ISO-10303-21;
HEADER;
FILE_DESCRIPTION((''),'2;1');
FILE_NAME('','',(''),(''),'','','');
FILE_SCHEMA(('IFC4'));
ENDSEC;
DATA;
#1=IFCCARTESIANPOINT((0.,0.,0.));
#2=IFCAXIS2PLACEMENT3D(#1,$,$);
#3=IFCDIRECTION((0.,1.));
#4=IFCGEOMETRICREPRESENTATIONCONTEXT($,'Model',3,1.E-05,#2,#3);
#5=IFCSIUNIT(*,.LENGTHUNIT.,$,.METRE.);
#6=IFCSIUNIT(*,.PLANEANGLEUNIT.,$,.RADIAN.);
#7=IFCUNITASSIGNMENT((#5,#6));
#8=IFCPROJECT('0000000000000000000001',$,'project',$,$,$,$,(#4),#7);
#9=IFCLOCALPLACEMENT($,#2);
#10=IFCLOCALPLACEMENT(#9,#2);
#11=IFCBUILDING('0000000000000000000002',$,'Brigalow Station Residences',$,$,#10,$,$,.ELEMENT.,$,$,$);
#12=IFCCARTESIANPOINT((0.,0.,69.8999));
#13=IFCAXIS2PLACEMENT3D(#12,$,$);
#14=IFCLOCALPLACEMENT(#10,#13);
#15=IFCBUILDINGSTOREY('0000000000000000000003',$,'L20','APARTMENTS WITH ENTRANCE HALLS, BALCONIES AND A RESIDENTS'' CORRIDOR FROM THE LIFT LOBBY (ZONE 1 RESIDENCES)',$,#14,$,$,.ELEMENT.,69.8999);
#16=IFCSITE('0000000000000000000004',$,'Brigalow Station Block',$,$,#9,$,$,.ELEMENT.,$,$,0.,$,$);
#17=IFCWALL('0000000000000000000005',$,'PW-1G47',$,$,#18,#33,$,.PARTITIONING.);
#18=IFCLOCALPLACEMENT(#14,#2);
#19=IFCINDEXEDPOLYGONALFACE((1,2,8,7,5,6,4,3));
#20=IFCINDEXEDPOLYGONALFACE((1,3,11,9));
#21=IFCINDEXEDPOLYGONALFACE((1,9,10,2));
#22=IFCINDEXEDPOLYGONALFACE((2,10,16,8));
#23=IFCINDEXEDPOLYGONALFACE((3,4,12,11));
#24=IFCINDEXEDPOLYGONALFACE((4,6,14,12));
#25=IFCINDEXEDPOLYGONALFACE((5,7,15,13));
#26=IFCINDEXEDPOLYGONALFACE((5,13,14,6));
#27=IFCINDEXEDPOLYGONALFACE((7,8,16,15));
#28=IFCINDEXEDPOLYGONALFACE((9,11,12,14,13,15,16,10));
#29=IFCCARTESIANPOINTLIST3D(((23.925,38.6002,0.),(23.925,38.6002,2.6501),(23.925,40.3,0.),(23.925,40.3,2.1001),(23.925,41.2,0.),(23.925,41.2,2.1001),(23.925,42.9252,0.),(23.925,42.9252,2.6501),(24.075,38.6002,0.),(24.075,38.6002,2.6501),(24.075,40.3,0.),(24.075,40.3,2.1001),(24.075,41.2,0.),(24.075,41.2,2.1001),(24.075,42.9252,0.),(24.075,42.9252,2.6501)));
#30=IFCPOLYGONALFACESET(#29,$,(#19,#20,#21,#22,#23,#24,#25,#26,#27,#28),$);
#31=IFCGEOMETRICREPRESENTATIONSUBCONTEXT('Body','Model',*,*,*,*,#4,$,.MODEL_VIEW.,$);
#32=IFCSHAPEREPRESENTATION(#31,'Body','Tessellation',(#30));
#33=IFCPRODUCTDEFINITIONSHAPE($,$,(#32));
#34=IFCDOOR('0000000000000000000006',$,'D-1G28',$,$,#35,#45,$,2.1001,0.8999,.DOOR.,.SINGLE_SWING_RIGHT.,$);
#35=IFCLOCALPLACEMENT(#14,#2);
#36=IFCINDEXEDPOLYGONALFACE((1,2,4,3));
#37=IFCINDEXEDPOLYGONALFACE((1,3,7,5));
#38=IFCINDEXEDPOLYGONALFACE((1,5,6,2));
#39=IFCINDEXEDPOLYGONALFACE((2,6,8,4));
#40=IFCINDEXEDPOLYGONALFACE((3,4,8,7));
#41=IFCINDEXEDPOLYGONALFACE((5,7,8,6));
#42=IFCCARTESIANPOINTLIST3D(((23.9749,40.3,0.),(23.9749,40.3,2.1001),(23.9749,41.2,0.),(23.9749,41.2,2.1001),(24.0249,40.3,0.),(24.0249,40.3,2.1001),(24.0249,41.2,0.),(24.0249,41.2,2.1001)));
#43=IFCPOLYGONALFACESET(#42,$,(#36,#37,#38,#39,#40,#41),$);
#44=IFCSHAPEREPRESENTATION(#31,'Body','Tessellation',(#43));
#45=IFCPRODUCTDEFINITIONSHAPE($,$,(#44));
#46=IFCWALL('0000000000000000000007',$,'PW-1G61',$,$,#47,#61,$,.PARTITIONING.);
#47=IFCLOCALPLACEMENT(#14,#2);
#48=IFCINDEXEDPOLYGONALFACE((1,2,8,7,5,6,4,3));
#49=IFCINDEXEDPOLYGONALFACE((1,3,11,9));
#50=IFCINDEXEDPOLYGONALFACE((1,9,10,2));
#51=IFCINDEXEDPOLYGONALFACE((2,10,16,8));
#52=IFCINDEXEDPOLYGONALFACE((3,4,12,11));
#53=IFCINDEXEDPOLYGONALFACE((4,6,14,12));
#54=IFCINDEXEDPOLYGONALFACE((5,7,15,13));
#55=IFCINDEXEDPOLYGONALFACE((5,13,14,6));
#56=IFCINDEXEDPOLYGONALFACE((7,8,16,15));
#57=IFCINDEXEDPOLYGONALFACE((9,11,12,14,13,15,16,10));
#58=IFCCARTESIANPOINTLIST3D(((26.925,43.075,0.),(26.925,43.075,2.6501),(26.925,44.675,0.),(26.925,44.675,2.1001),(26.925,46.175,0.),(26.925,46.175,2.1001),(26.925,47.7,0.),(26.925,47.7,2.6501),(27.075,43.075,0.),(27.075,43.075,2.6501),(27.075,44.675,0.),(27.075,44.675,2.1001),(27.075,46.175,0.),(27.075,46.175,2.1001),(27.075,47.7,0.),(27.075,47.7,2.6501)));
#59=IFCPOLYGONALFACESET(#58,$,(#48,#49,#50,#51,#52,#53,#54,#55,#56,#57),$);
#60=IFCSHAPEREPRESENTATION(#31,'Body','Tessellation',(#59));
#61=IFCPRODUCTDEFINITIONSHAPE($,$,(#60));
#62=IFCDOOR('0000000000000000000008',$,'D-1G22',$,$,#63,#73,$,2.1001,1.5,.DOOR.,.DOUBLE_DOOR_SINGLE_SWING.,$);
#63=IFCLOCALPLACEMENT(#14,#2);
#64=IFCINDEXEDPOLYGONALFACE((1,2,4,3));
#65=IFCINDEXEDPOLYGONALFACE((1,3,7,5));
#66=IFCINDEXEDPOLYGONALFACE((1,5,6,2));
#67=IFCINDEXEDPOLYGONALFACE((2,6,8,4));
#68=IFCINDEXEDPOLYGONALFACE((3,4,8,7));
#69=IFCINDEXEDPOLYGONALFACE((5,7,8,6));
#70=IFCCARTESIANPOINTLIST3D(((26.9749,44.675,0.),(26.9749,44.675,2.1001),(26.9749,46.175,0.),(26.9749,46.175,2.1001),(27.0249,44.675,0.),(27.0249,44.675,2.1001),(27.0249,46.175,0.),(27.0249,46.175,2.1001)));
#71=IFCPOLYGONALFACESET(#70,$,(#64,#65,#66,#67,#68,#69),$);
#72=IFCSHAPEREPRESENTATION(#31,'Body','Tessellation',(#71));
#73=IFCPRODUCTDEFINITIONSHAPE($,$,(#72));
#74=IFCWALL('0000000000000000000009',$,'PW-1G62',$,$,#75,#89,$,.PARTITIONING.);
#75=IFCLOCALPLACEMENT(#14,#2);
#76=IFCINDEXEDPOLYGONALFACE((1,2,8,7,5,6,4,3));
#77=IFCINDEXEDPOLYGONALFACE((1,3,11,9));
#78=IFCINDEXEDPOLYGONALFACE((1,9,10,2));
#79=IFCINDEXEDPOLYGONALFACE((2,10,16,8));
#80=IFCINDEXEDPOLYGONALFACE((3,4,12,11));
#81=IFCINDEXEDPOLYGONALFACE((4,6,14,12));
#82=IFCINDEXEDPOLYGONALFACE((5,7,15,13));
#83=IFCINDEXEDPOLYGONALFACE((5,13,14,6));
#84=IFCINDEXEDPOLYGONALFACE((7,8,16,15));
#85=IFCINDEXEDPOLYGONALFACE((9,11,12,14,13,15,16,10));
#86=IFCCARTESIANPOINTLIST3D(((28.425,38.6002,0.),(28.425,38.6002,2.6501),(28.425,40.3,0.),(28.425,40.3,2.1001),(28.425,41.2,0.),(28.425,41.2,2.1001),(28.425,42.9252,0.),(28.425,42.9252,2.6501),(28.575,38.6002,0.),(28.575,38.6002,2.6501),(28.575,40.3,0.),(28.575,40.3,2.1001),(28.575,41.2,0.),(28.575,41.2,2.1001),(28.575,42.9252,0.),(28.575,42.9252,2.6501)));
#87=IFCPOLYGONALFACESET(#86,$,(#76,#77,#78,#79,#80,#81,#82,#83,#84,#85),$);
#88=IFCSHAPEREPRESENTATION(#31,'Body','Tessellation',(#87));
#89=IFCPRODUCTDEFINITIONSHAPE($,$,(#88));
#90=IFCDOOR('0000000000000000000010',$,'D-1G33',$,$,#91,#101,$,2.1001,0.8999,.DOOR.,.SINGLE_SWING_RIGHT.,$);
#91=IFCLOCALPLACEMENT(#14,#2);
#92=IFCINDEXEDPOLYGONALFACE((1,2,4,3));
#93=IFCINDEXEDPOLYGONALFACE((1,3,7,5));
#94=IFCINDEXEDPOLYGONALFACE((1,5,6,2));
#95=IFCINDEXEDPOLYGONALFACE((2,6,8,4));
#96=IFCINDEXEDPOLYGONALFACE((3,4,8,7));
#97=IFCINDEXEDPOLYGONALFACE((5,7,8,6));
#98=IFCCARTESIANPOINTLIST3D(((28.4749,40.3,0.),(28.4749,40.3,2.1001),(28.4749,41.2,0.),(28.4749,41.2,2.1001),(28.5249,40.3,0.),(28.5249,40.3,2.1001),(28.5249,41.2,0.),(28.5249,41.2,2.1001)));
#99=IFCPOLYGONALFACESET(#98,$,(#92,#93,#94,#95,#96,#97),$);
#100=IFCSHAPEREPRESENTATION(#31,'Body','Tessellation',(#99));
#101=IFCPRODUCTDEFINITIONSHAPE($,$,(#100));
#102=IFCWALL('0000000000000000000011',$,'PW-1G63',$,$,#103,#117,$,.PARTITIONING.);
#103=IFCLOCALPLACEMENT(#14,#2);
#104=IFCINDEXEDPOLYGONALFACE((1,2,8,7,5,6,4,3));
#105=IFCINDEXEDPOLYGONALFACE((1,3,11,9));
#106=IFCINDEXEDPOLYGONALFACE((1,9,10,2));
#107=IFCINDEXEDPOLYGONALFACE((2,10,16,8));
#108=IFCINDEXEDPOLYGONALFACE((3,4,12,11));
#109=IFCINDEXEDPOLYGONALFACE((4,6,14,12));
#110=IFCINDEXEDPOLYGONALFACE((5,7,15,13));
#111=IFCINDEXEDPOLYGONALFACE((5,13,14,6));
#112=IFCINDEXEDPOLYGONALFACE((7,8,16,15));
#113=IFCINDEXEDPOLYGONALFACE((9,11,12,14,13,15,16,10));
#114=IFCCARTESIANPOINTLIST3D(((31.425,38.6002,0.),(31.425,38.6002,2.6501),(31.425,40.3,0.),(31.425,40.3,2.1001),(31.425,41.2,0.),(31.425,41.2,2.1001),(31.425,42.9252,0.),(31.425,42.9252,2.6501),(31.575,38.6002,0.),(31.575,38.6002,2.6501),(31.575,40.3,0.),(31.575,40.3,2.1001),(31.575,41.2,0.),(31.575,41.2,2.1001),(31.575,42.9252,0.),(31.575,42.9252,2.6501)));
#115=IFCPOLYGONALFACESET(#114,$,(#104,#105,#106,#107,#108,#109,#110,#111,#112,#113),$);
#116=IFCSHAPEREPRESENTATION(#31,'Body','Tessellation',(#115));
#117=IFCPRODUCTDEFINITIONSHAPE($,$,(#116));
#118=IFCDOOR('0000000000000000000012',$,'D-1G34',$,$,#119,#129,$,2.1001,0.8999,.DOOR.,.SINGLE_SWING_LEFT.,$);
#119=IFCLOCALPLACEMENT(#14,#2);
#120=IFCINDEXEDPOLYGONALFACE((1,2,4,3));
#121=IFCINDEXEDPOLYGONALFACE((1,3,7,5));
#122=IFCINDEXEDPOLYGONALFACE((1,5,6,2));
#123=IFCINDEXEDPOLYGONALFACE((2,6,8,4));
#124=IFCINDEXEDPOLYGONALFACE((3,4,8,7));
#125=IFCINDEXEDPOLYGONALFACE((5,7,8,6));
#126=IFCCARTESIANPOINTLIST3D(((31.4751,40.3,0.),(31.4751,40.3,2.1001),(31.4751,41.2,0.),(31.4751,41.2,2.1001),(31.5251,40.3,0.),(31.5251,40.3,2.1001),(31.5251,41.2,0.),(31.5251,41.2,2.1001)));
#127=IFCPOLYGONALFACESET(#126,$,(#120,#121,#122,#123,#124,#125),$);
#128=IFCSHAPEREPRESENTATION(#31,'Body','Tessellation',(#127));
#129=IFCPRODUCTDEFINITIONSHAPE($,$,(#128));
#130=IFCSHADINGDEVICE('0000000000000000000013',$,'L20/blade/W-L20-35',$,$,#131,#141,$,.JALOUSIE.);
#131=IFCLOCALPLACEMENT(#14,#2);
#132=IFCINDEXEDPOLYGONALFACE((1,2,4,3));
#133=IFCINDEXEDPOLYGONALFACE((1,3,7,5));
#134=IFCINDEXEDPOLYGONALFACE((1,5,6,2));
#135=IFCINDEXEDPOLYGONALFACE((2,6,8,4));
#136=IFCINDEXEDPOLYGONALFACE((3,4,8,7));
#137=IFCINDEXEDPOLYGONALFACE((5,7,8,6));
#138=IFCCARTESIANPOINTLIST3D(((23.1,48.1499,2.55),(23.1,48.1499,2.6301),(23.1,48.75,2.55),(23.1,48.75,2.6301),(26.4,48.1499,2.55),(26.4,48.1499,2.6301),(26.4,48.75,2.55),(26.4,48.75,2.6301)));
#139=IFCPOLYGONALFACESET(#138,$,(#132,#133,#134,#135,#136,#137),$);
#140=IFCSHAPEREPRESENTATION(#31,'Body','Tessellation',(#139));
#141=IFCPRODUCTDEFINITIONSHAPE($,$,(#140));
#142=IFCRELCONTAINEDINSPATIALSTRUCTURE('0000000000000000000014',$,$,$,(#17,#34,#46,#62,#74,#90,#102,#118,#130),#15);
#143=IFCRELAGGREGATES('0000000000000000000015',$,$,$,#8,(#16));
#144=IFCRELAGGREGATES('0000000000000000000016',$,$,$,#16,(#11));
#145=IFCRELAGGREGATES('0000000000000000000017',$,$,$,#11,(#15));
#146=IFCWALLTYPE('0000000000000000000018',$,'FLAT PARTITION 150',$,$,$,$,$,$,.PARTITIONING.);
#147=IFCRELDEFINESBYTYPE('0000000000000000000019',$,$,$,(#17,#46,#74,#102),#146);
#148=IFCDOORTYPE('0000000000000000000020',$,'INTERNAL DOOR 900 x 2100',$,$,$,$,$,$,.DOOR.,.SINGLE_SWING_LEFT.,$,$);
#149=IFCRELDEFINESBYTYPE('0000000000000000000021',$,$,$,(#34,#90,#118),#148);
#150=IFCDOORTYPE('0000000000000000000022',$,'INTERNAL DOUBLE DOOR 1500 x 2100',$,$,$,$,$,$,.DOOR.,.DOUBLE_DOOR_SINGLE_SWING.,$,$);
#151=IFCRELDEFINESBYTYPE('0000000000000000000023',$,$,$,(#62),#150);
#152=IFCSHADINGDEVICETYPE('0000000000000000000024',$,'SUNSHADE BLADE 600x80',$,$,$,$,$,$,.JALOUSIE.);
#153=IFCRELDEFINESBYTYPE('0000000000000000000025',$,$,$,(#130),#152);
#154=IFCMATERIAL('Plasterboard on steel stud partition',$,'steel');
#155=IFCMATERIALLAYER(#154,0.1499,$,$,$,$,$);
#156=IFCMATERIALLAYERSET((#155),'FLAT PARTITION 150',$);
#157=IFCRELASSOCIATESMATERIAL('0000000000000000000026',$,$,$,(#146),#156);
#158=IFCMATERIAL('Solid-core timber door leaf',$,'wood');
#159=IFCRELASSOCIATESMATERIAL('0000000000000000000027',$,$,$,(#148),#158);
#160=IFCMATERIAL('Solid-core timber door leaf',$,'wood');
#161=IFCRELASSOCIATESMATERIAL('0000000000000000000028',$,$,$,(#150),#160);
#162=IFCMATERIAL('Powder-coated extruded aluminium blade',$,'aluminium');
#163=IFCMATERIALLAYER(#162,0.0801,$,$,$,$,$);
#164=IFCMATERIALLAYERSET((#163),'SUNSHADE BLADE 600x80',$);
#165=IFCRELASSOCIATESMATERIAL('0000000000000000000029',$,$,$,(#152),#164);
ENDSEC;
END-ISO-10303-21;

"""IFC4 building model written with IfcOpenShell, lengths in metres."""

from ifc_helpers import new_model, si_unit, direction, frame, frame_2d, origin, origin_2d, place, context, subcontext, project, spatial, rectangle, extrude, material, layer, layer_set, type_object, element, fill, save


model = new_model("IFC4")

# Units and contexts
model_context = context("Model", 3, precision=1e-05, world=origin(), true_north=direction((0.0, 1.0)))
body_context = subcontext(model_context, "Body", "Model", "MODEL_VIEW")
ifc_project = project(units=[si_unit("LENGTHUNIT", "METRE"), si_unit("PLANEANGLEUNIT", "RADIAN")], contexts=[model_context])

# Site, building, storey
site_placement = place(None, origin())
site = spatial("IfcSite", under=ifc_project, at=site_placement, Name="Brigalow Station Block", CompositionType="ELEMENT", RefElevation=0.0)
building_placement = place(site_placement, origin())
building = spatial("IfcBuilding", under=site, at=building_placement, Name="Brigalow Station Residences", CompositionType="ELEMENT")
storey_placement = place(building_placement, frame((0.0, 0.0, 69.8999)))
storey = spatial("IfcBuildingStorey", under=building, at=storey_placement, Name="L20", Description="APARTMENTS WITH ENTRANCE HALLS, BALCONIES AND A RESIDENTS' CORRIDOR FROM THE LIFT LOBBY (ZONE 1 RESIDENCES)", CompositionType="ELEMENT", Elevation=69.8999)

# Walls, openings, doors
ifc_material_1 = material(Name="Plasterboard on steel stud partition", Category="steel")
ifc_layer_1 = layer(ifc_material_1, 0.1499)
ifc_layer_set_1 = layer_set([ifc_layer_1], Name="FLAT PARTITION 150")
wall_type_1 = type_object("IfcWallType", Name="FLAT PARTITION 150", PredefinedType="PARTITIONING", material=ifc_layer_set_1)
wall_1_placement = place(storey_placement, frame((24.0, 38.6001, 0.0), z_axis=(0.0, 0.0, 1.0), x_axis=(0.0, 1.0, 0.0)))
wall_1 = element("IfcWall", 1, at=wall_1_placement, inside=storey, type_object=wall_type_1, Name="PW-1G47", PredefinedType="PARTITIONING", context=body_context, shape_type="SweptSolid", body=[
    extrude(rectangle(XDim=4.325, YDim=0.1499, at=frame_2d((2.1626, 0.0))), origin(), (0.0, 0.0, 1.0), 2.6501),
])
opening_1_placement = place(wall_1_placement, frame((1.7, 0.0, 0.0)))
opening_1 = element("IfcOpeningElement", 2, at=opening_1_placement, cuts=wall_1, PredefinedType="OPENING", context=body_context, shape_type="SweptSolid", body=[
    extrude(rectangle(XDim=0.8999, YDim=2.1001, at=frame_2d((0.45, 1.05))), frame((0.0, 0.085, 0.0), z_axis=(0.0, -1.0, 0.0), x_axis=(1.0, 0.0, 0.0)), (0.0, 0.0, 1.0), 0.1699),
])
ifc_material_2 = material(Name="Solid-core timber door leaf", Category="wood")
door_type_1 = type_object("IfcDoorType", Name="INTERNAL DOOR 900 x 2100", OperationType="SINGLE_SWING_LEFT", PredefinedType="DOOR", material=ifc_material_2)
door_1_placement = place(opening_1_placement, frame((0.8999, 0.0, 0.0), z_axis=(0.0, 0.0, 1.0), x_axis=(-1.0, 0.0, 0.0)))
door_1 = element("IfcDoor", 3, at=door_1_placement, inside=storey, type_object=door_type_1, Name="D-1G28", OperationType="SINGLE_SWING_RIGHT", OverallHeight=2.1001, OverallWidth=0.8999, PredefinedType="DOOR", context=body_context, shape_type="SweptSolid", body=[
    extrude(rectangle(XDim=0.8999, YDim=2.1001, at=frame_2d((0.45, 1.05))), frame((0.0, 0.0249, 0.0), z_axis=(0.0, -1.0, 0.0), x_axis=(1.0, 0.0, 0.0)), (0.0, 0.0, 1.0), 0.05),
])
fill(opening_1, door_1)
wall_2_placement = place(storey_placement, frame((27.0, 43.075, 0.0), z_axis=(0.0, 0.0, 1.0), x_axis=(0.0, 1.0, 0.0)))
wall_2 = element("IfcWall", 4, at=wall_2_placement, inside=storey, type_object=wall_type_1, Name="PW-1G61", PredefinedType="PARTITIONING", context=body_context, shape_type="SweptSolid", body=[
    extrude(rectangle(XDim=4.625, YDim=0.1499, at=frame_2d((2.3125, 0.0))), origin(), (0.0, 0.0, 1.0), 2.6501),
])
opening_2_placement = place(wall_2_placement, frame((1.6001, 0.0, 0.0)))
opening_2 = element("IfcOpeningElement", 5, at=opening_2_placement, cuts=wall_2, PredefinedType="OPENING", context=body_context, shape_type="SweptSolid", body=[
    extrude(rectangle(XDim=1.5, YDim=2.1001, at=frame_2d((0.75, 1.05))), frame((0.0, 0.085, 0.0), z_axis=(0.0, -1.0, 0.0), x_axis=(1.0, 0.0, 0.0)), (0.0, 0.0, 1.0), 0.1699),
])
ifc_material_3 = material(Name="Solid-core timber door leaf", Category="wood")
door_type_2 = type_object("IfcDoorType", Name="INTERNAL DOUBLE DOOR 1500 x 2100", OperationType="DOUBLE_DOOR_SINGLE_SWING", PredefinedType="DOOR", material=ifc_material_3)
door_2_placement = place(opening_2_placement, frame((1.5, 0.0, 0.0), z_axis=(0.0, 0.0, 1.0), x_axis=(-1.0, 0.0, 0.0)))
door_2 = element("IfcDoor", 6, at=door_2_placement, inside=storey, type_object=door_type_2, Name="D-1G22", OperationType="DOUBLE_DOOR_SINGLE_SWING", OverallHeight=2.1001, OverallWidth=1.5, PredefinedType="DOOR", context=body_context, shape_type="SweptSolid", body=[
    extrude(rectangle(XDim=1.5, YDim=2.1001, at=frame_2d((0.75, 1.05))), frame((0.0, 0.0249, 0.0), z_axis=(0.0, -1.0, 0.0), x_axis=(1.0, 0.0, 0.0)), (0.0, 0.0, 1.0), 0.05),
])
fill(opening_2, door_2)
wall_3_placement = place(storey_placement, frame((28.5, 38.6001, 0.0), z_axis=(0.0, 0.0, 1.0), x_axis=(0.0, 1.0, 0.0)))
wall_3 = element("IfcWall", 7, at=wall_3_placement, inside=storey, type_object=wall_type_1, Name="PW-1G62", PredefinedType="PARTITIONING", context=body_context, shape_type="SweptSolid", body=[
    extrude(rectangle(XDim=4.325, YDim=0.1499, at=frame_2d((2.1626, 0.0))), origin(), (0.0, 0.0, 1.0), 2.6501),
])
opening_3_placement = place(wall_3_placement, frame((1.7, 0.0, 0.0)))
opening_3 = element("IfcOpeningElement", 8, at=opening_3_placement, cuts=wall_3, PredefinedType="OPENING", context=body_context, shape_type="SweptSolid", body=[
    extrude(rectangle(XDim=0.8999, YDim=2.1001, at=frame_2d((0.45, 1.05))), frame((0.0, 0.085, 0.0), z_axis=(0.0, -1.0, 0.0), x_axis=(1.0, 0.0, 0.0)), (0.0, 0.0, 1.0), 0.1699),
])
door_3_placement = place(opening_3_placement, frame((0.8999, 0.0, 0.0), z_axis=(0.0, 0.0, 1.0), x_axis=(-1.0, 0.0, 0.0)))
door_3 = element("IfcDoor", 9, at=door_3_placement, inside=storey, type_object=door_type_1, Name="D-1G33", OperationType="SINGLE_SWING_RIGHT", OverallHeight=2.1001, OverallWidth=0.8999, PredefinedType="DOOR", context=body_context, shape_type="SweptSolid", body=[
    extrude(rectangle(XDim=0.8999, YDim=2.1001, at=frame_2d((0.45, 1.05))), frame((0.0, 0.0249, 0.0), z_axis=(0.0, -1.0, 0.0), x_axis=(1.0, 0.0, 0.0)), (0.0, 0.0, 1.0), 0.05),
])
fill(opening_3, door_3)
wall_4_placement = place(storey_placement, frame((31.5, 38.6001, 0.0), z_axis=(0.0, 0.0, 1.0), x_axis=(0.0, 1.0, 0.0)))
wall_4 = element("IfcWall", 10, at=wall_4_placement, inside=storey, type_object=wall_type_1, Name="PW-1G63", PredefinedType="PARTITIONING", context=body_context, shape_type="SweptSolid", body=[
    extrude(rectangle(XDim=4.325, YDim=0.1499, at=frame_2d((2.1626, 0.0))), origin(), (0.0, 0.0, 1.0), 2.6501),
])
opening_4_placement = place(wall_4_placement, frame((1.7, 0.0, 0.0)))
opening_4 = element("IfcOpeningElement", 11, at=opening_4_placement, cuts=wall_4, PredefinedType="OPENING", context=body_context, shape_type="SweptSolid", body=[
    extrude(rectangle(XDim=0.8999, YDim=2.1001, at=frame_2d((0.45, 1.05))), frame((0.0, 0.085, 0.0), z_axis=(0.0, -1.0, 0.0), x_axis=(1.0, 0.0, 0.0)), (0.0, 0.0, 1.0), 0.1699),
])
door_4_placement = place(opening_4_placement, origin())
door_4 = element("IfcDoor", 12, at=door_4_placement, inside=storey, type_object=door_type_1, Name="D-1G34", OperationType="SINGLE_SWING_LEFT", OverallHeight=2.1001, OverallWidth=0.8999, PredefinedType="DOOR", context=body_context, shape_type="SweptSolid", body=[
    extrude(rectangle(XDim=0.8999, YDim=2.1001, at=frame_2d((0.45, 1.05))), frame((0.0, 0.0249, 0.0), z_axis=(0.0, -1.0, 0.0), x_axis=(1.0, 0.0, 0.0)), (0.0, 0.0, 1.0), 0.05),
])
fill(opening_4, door_4)

# Shading device
ifc_material_4 = material(Name="Powder-coated extruded aluminium blade", Category="aluminium")
ifc_layer_2 = layer(ifc_material_4, 0.0801)
ifc_layer_set_2 = layer_set([ifc_layer_2], Name="SUNSHADE BLADE 600x80")
shading_device_type = type_object("IfcShadingDeviceType", Name="SUNSHADE BLADE 600x80", PredefinedType="JALOUSIE", material=ifc_layer_set_2)
shading_device_placement = place(storey_placement, frame((24.75, 48.45, 2.55), z_axis=(0.0, 0.0, 1.0), x_axis=(-1.0, 0.0, 0.0)))
element("IfcShadingDevice", 13, at=shading_device_placement, inside=storey, type_object=shading_device_type, Name="L20/blade/W-L20-35", PredefinedType="JALOUSIE", context=body_context, shape_type="SweptSolid", body=[
    extrude(rectangle(XDim=3.3, YDim=0.6001, at=origin_2d()), origin(), (0.0, 0.0, 1.0), 0.0801),
])

save(model, "model.ifc")
